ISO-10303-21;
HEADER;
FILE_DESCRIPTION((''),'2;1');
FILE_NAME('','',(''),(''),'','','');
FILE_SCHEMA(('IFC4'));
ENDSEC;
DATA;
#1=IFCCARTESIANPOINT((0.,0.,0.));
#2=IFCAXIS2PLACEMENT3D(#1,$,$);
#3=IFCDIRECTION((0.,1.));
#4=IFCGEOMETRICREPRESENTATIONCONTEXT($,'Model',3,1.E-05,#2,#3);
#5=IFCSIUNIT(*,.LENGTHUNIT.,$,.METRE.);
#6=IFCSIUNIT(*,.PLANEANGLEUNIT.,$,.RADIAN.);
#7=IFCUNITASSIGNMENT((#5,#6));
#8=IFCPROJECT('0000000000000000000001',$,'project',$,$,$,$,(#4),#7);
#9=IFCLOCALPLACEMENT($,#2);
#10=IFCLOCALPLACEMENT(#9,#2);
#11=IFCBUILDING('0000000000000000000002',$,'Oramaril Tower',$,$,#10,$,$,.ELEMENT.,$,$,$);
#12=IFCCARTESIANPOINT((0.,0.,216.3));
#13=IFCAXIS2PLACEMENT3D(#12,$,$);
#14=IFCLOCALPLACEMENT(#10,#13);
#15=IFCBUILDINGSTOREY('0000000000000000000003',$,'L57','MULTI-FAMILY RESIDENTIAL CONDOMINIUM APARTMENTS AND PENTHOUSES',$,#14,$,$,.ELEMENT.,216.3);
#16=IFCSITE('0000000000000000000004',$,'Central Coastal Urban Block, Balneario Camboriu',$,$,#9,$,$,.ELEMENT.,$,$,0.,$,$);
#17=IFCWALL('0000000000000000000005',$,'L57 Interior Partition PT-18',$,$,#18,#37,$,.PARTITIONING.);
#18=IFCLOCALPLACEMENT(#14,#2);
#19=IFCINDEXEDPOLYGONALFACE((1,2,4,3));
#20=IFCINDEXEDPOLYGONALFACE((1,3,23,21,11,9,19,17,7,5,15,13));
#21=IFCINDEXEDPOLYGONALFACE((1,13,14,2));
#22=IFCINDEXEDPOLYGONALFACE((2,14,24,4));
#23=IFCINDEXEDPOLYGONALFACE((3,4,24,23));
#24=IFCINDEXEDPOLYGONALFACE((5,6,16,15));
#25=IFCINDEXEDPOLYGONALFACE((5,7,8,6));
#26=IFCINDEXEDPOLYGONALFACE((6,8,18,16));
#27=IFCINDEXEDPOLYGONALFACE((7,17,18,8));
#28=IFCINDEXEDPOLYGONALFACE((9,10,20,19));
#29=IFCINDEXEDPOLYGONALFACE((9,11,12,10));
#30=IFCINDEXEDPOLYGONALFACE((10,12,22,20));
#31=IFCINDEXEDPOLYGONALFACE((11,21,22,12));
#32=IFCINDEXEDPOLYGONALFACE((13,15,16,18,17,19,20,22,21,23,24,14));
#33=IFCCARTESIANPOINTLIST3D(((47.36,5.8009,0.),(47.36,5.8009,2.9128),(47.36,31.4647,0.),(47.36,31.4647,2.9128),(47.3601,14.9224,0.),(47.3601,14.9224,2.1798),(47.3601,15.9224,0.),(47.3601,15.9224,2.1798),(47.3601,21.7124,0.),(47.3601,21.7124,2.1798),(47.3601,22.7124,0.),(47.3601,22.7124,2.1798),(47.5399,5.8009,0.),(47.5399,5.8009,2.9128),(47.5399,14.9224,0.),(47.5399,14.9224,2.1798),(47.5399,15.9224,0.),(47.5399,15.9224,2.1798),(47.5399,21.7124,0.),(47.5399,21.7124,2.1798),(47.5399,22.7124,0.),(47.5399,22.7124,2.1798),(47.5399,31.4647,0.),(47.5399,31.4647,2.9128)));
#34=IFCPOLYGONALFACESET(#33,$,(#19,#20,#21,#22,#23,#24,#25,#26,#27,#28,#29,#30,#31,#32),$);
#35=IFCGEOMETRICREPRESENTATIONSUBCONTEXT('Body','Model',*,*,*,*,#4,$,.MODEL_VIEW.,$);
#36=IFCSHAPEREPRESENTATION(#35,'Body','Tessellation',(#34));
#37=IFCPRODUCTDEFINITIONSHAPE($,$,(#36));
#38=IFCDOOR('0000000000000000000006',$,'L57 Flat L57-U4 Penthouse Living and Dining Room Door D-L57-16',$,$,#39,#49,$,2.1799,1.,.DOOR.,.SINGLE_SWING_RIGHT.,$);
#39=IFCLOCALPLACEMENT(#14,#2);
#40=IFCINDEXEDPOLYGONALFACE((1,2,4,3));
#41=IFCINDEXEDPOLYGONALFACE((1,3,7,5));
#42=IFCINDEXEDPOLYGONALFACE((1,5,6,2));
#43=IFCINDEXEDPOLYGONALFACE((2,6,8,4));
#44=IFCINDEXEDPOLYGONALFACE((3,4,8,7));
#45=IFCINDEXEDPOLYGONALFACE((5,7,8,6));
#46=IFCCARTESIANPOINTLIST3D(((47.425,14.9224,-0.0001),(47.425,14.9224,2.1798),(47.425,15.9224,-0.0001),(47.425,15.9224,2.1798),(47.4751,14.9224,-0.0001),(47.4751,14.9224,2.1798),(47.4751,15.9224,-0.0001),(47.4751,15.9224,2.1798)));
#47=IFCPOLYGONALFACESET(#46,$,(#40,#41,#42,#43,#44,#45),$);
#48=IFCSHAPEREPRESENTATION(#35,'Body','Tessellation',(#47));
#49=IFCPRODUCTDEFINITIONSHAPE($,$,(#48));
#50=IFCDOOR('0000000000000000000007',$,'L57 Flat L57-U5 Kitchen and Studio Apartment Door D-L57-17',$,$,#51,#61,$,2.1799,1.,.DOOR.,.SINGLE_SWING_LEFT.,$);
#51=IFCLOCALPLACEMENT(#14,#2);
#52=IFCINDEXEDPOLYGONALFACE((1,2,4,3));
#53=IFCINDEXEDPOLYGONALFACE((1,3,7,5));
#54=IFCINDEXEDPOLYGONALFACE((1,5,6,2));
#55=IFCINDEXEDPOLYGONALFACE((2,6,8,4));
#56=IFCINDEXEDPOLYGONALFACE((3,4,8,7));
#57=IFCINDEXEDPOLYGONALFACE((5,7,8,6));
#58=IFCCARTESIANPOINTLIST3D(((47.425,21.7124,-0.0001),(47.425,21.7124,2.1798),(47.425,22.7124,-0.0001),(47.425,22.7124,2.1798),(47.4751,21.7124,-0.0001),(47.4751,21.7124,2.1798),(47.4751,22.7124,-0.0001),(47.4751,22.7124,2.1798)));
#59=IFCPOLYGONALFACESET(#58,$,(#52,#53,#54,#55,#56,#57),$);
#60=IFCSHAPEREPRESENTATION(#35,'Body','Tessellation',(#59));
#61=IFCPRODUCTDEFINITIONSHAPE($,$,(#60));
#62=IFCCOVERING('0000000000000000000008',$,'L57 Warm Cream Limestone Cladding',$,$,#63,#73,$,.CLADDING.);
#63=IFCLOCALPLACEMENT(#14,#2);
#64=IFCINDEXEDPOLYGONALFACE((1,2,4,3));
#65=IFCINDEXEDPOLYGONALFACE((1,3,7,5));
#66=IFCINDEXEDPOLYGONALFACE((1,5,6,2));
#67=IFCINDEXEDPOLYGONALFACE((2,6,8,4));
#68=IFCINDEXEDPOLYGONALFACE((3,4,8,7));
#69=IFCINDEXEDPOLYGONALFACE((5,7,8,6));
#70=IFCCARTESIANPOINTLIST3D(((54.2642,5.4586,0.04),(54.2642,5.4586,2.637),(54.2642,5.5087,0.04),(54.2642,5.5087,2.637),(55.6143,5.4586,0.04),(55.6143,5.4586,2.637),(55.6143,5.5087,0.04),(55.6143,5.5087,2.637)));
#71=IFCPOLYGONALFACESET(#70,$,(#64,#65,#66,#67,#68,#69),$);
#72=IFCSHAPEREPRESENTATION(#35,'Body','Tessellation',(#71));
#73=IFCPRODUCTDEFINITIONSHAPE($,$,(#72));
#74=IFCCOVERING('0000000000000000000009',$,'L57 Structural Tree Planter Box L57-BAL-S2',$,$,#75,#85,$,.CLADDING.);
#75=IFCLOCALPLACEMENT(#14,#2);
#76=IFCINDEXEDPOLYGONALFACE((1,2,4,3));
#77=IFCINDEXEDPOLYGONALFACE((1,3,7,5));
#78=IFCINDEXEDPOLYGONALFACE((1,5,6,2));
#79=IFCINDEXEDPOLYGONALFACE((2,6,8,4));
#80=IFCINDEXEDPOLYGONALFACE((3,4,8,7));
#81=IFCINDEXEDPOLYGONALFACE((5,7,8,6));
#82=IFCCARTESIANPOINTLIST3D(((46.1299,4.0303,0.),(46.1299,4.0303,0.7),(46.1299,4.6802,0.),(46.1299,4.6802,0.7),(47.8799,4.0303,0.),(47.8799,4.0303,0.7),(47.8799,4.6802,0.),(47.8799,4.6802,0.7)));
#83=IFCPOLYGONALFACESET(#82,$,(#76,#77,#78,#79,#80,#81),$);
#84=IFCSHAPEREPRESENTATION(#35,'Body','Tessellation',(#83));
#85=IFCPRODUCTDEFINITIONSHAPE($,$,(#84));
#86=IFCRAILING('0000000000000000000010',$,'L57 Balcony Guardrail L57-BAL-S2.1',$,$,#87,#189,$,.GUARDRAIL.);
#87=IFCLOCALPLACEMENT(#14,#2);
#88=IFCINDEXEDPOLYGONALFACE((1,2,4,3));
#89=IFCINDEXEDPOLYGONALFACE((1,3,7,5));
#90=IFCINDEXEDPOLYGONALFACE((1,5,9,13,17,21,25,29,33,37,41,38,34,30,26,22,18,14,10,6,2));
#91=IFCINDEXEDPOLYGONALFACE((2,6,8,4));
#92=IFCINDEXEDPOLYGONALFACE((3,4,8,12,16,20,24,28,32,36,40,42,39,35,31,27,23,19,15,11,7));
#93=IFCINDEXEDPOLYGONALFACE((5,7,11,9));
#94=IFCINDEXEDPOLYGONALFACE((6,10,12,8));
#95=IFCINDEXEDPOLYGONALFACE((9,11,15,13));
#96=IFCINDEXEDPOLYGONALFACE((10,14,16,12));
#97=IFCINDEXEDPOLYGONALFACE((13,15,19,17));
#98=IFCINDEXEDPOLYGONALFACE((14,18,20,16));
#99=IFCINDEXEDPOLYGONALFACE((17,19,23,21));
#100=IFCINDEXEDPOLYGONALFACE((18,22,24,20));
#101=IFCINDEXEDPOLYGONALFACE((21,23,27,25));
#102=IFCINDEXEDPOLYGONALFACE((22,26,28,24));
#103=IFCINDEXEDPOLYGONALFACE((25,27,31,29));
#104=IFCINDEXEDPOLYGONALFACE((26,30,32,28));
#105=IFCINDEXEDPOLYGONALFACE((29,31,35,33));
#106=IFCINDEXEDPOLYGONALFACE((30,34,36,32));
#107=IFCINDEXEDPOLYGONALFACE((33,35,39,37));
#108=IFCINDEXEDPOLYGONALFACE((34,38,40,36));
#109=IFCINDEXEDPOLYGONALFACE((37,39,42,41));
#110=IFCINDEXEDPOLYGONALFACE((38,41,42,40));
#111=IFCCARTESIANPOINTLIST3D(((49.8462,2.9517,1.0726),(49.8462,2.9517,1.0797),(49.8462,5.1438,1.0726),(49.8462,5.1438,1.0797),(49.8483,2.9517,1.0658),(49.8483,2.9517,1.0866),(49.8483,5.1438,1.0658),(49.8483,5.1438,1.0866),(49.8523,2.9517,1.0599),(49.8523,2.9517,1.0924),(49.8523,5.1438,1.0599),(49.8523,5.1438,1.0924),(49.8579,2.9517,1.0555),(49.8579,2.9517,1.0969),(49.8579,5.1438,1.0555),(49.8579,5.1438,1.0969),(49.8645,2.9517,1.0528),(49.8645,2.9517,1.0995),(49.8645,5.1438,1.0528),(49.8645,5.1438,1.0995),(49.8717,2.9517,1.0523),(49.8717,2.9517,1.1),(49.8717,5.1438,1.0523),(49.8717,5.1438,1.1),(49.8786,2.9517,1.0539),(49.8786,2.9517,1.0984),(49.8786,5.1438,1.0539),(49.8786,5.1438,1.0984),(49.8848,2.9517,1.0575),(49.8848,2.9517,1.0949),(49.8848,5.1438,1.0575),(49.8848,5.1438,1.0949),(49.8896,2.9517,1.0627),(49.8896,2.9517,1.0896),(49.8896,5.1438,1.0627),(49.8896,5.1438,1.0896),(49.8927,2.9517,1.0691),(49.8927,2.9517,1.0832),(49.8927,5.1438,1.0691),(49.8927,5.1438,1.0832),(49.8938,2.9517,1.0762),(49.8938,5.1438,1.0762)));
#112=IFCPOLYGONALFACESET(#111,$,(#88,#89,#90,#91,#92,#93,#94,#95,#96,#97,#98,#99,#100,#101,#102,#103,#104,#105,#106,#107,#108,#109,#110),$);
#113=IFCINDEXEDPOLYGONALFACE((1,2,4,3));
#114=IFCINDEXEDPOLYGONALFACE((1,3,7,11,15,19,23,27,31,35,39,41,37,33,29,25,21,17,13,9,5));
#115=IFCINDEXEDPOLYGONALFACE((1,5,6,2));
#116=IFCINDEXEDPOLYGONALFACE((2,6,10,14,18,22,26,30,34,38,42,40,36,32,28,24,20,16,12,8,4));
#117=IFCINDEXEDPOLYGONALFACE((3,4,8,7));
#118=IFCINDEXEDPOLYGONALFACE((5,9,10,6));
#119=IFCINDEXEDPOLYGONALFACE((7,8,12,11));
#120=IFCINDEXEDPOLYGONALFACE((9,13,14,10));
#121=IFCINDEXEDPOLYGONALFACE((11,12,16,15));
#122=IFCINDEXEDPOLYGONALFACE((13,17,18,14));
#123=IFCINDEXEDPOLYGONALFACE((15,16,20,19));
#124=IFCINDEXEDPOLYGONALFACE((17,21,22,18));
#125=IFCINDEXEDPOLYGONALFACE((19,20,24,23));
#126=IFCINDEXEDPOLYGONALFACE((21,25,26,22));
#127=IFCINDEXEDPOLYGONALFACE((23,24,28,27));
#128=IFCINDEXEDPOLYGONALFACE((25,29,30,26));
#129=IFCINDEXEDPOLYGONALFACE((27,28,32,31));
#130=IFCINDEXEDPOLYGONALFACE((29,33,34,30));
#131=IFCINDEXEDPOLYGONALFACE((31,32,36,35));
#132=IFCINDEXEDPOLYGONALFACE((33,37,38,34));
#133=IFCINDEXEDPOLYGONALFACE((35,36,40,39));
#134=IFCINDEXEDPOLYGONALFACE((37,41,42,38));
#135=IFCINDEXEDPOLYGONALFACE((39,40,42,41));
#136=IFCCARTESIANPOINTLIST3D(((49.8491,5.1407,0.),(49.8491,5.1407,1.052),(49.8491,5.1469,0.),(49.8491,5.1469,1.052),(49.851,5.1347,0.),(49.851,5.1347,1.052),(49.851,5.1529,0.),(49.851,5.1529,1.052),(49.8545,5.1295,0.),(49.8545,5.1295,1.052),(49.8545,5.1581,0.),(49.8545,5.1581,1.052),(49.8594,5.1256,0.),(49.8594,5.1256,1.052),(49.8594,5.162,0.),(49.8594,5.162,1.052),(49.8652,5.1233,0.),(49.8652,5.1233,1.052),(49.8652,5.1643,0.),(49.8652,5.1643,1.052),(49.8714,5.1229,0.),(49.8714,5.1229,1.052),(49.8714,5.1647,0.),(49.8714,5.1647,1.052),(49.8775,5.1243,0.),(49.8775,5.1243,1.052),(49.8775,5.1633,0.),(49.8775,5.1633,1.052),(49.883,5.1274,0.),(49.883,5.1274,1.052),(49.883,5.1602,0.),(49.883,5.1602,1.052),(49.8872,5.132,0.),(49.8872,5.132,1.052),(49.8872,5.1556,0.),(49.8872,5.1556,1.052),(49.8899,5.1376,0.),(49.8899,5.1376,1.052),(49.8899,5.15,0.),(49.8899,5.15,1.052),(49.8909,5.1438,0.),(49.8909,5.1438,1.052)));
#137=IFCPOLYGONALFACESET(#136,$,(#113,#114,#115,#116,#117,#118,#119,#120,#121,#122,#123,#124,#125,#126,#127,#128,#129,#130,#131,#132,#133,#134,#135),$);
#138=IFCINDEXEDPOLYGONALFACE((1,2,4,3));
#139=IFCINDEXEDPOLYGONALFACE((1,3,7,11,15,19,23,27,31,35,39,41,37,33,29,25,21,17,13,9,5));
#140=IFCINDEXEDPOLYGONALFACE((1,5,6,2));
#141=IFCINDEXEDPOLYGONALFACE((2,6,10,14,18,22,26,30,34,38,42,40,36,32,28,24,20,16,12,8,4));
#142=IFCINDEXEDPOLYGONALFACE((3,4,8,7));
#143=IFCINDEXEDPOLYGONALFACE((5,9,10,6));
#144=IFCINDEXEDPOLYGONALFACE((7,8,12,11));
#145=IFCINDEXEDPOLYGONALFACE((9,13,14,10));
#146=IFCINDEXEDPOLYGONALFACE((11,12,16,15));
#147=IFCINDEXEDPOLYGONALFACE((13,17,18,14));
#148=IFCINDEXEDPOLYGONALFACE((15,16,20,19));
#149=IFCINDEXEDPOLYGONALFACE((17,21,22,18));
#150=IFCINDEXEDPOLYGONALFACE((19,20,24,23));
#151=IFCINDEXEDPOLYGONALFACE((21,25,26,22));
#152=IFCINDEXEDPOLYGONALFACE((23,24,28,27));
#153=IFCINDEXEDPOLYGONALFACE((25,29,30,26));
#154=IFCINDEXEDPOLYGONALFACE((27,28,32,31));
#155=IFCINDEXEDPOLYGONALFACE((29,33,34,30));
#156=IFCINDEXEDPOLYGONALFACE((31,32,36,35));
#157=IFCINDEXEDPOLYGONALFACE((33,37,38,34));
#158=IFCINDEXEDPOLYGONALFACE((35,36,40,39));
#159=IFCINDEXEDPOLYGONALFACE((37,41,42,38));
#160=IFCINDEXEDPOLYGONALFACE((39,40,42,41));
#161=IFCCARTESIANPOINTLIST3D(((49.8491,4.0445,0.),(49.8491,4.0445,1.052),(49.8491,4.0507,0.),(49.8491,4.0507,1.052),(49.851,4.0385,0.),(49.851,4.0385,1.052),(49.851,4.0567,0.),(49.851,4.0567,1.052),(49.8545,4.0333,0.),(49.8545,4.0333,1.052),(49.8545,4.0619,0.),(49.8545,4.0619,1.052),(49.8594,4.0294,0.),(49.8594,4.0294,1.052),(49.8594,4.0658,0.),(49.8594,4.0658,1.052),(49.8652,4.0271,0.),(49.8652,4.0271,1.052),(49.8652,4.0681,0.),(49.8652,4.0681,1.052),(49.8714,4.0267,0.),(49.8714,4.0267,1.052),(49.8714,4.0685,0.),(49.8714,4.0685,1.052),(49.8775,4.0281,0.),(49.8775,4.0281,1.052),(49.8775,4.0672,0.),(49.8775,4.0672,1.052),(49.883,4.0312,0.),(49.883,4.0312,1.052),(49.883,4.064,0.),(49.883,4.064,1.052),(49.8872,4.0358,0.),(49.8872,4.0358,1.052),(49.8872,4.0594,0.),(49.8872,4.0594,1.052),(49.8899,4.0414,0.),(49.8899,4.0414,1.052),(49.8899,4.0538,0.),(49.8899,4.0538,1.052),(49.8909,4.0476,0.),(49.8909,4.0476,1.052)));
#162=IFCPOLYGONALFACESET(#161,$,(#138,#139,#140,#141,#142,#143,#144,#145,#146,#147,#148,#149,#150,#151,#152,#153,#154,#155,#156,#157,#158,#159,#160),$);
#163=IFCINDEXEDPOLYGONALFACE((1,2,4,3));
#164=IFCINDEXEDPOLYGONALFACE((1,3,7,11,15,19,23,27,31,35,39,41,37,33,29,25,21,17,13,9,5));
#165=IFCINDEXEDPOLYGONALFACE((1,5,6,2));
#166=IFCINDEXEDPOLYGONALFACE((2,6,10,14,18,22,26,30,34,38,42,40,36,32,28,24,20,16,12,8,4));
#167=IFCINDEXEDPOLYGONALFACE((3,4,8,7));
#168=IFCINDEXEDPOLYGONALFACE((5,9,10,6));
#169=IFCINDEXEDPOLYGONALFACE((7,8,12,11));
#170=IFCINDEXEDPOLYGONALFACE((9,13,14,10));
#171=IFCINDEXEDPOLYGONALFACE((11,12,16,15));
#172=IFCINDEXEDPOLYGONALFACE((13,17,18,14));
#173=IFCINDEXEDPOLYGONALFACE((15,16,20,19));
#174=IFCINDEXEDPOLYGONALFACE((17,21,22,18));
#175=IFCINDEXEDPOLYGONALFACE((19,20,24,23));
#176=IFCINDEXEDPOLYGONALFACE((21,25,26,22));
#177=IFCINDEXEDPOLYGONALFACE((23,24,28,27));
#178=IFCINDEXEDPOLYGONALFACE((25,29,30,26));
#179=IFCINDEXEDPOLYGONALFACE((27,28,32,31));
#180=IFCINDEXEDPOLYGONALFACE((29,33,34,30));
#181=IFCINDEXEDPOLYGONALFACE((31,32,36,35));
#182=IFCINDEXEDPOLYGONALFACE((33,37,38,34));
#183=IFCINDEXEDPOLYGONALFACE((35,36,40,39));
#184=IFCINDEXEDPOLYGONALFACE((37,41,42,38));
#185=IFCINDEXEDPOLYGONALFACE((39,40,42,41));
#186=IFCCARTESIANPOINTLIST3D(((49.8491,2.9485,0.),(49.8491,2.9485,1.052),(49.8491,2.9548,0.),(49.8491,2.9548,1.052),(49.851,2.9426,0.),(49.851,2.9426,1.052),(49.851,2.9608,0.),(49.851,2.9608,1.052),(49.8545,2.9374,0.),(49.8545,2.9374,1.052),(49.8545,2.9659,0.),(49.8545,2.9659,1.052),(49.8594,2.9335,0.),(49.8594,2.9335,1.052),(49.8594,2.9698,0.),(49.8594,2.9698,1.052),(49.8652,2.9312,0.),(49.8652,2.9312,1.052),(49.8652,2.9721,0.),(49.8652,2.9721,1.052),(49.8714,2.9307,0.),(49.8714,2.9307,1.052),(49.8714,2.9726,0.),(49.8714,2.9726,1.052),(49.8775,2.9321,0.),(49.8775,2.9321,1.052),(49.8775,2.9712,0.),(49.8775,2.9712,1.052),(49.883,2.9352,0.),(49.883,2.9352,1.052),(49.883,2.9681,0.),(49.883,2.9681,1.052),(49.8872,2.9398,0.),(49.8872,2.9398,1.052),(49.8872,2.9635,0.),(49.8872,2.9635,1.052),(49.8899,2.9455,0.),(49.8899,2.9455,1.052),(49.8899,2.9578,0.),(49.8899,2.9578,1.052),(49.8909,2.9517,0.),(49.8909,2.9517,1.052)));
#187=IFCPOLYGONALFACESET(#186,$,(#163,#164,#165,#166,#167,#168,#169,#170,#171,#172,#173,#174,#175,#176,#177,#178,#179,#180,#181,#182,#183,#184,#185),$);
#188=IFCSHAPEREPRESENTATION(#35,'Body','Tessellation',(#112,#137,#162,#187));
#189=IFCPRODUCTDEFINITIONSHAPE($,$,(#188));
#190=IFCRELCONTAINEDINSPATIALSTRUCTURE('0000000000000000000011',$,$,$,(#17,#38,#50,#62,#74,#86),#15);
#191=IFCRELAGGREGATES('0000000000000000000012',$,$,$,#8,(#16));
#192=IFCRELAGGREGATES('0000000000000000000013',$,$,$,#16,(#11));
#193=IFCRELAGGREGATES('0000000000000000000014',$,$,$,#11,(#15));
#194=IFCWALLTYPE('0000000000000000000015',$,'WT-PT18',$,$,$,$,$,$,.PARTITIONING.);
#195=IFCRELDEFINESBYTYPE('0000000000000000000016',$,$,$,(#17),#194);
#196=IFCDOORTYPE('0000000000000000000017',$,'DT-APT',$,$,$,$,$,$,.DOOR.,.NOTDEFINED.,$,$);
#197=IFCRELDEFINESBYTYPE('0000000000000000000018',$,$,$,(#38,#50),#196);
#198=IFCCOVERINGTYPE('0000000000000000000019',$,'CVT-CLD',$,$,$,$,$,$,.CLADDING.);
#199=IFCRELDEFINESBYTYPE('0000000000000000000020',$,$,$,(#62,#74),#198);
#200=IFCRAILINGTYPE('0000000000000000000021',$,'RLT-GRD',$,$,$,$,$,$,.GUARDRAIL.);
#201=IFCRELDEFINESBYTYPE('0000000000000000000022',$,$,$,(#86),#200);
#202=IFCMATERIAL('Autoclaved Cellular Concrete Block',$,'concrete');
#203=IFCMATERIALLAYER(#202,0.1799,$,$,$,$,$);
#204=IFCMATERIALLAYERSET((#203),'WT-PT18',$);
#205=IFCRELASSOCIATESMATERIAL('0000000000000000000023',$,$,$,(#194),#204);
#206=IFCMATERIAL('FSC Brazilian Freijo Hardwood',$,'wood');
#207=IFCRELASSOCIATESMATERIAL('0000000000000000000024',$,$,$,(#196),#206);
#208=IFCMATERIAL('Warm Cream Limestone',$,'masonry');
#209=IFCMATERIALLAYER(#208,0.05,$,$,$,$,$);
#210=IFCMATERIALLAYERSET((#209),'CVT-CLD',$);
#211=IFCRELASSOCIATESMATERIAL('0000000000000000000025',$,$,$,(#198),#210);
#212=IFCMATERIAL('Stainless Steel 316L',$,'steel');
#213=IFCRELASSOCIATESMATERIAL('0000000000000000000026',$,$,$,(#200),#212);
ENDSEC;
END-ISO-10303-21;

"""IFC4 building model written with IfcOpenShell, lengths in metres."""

from ifc_helpers import new_model, si_unit, direction, frame, frame_2d, origin, origin_2d, place, context, subcontext, project, spatial, rectangle, circle, extrude, material, layer, layer_set, type_object, element, fill, save


model = new_model("IFC4")

# Units and contexts
model_context = context("Model", 3, precision=1e-05, world=origin(), true_north=direction((0.0, 1.0)))
body_context = subcontext(model_context, "Body", "Model", "MODEL_VIEW")
ifc_project = project(units=[si_unit("LENGTHUNIT", "METRE"), si_unit("PLANEANGLEUNIT", "RADIAN")], contexts=[model_context])

# Site, building, storey
site_placement = place(None, origin())
site = spatial("IfcSite", under=ifc_project, at=site_placement, Name="Central Coastal Urban Block, Balneario Camboriu", CompositionType="ELEMENT", RefElevation=0.0)
building_placement = place(site_placement, origin())
building = spatial("IfcBuilding", under=site, at=building_placement, Name="Oramaril Tower", CompositionType="ELEMENT")
storey_placement = place(building_placement, frame((0.0, 0.0, 216.3)))
storey = spatial("IfcBuildingStorey", under=building, at=storey_placement, Name="L57", Description="MULTI-FAMILY RESIDENTIAL CONDOMINIUM APARTMENTS AND PENTHOUSES", CompositionType="ELEMENT", Elevation=216.3)

# Wall, openings, doors
ifc_material_1 = material(Name="Autoclaved Cellular Concrete Block", Category="concrete")
ifc_layer_1 = layer(ifc_material_1, 0.1799)
ifc_layer_set_1 = layer_set([ifc_layer_1], Name="WT-PT18")
wall_type_1 = type_object("IfcWallType", Name="WT-PT18", PredefinedType="PARTITIONING", material=ifc_layer_set_1)
wall_1_placement = place(storey_placement, frame((47.45, 5.8008, 0.0), z_axis=(0.0, 0.0, 1.0), x_axis=(0.0, 1.0, 0.0)))
wall_1 = element("IfcWall", 1, at=wall_1_placement, inside=storey, type_object=wall_type_1, Name="L57 Interior Partition PT-18", PredefinedType="PARTITIONING", context=body_context, shape_type="SweptSolid", body=[
    extrude(rectangle(XDim=25.6638, YDim=0.1799, at=frame_2d((12.832, 0.0))), origin(), (0.0, 0.0, 1.0), 2.9128),
])
opening_1_placement = place(wall_1_placement, frame((9.1216, 0.0, 0.0)))
opening_1 = element("IfcOpeningElement", 2, at=opening_1_placement, cuts=wall_1, PredefinedType="OPENING", context=body_context, shape_type="SweptSolid", body=[
    extrude(rectangle(XDim=1.0, YDim=2.1799, at=frame_2d((0.5, 1.0898))), frame((0.0, 0.0898, 0.0), z_axis=(0.0, -1.0, 0.0), x_axis=(1.0, 0.0, 0.0)), (0.0, 0.0, 1.0), 0.1799),
])
opening_2_placement = place(wall_1_placement, frame((15.9116, 0.0, 0.0)))
opening_2 = element("IfcOpeningElement", 3, at=opening_2_placement, cuts=wall_1, PredefinedType="OPENING", context=body_context, shape_type="SweptSolid", body=[
    extrude(rectangle(XDim=1.0, YDim=2.1799, at=frame_2d((0.5, 1.0898))), frame((0.0, 0.0898, 0.0), z_axis=(0.0, -1.0, 0.0), x_axis=(1.0, 0.0, 0.0)), (0.0, 0.0, 1.0), 0.1799),
])
ifc_material_2 = material(Name="FSC Brazilian Freijo Hardwood", Category="wood")
door_type = type_object("IfcDoorType", Name="DT-APT", OperationType="NOTDEFINED", PredefinedType="DOOR", material=ifc_material_2)
door_1_placement = place(opening_1_placement, origin())
door_1 = element("IfcDoor", 4, at=door_1_placement, inside=storey, type_object=door_type, Name="L57 Flat L57-U4 Penthouse Living and Dining Room Door D-L57-16", OperationType="SINGLE_SWING_RIGHT", OverallHeight=2.1799, OverallWidth=1.0, PredefinedType="DOOR", context=body_context, shape_type="SweptSolid", body=[
    extrude(rectangle(XDim=1.0, YDim=2.1799, at=frame_2d((0.5, 1.0898))), frame((0.0, 0.0249, 0.0), z_axis=(0.0, -1.0, 0.0), x_axis=(1.0, 0.0, 0.0)), (0.0, 0.0, 1.0), 0.05),
])
fill(opening_1, door_1)
door_2_placement = place(opening_2_placement, origin())
door_2 = element("IfcDoor", 5, at=door_2_placement, inside=storey, type_object=door_type, Name="L57 Flat L57-U5 Kitchen and Studio Apartment Door D-L57-17", OperationType="SINGLE_SWING_LEFT", OverallHeight=2.1799, OverallWidth=1.0, PredefinedType="DOOR", context=body_context, shape_type="SweptSolid", body=[
    extrude(rectangle(XDim=1.0, YDim=2.1799, at=frame_2d((0.5, 1.0898))), frame((0.0, 0.0249, 0.0), z_axis=(0.0, -1.0, 0.0), x_axis=(1.0, 0.0, 0.0)), (0.0, 0.0, 1.0), 0.05),
])
fill(opening_2, door_2)

# Coverings
ifc_material_3 = material(Name="Warm Cream Limestone", Category="masonry")
ifc_layer_2 = layer(ifc_material_3, 0.05)
ifc_layer_set_2 = layer_set([ifc_layer_2], Name="CVT-CLD")
covering_type = type_object("IfcCoveringType", Name="CVT-CLD", PredefinedType="CLADDING", material=ifc_layer_set_2)
covering_1_placement = place(storey_placement, frame((54.9392, 5.4836, 0.04), z_axis=(0.0, 0.0, 1.0), x_axis=(1.0, 0.0, 0.0)))
element("IfcCovering", 6, at=covering_1_placement, inside=storey, type_object=covering_type, Name="L57 Warm Cream Limestone Cladding", PredefinedType="CLADDING", context=body_context, shape_type="SweptSolid", body=[
    extrude(rectangle(XDim=1.3501, YDim=0.05, at=origin_2d()), origin(), (0.0, 0.0, 1.0), 2.5969),
])
covering_2_placement = place(storey_placement, frame((47.0049, 4.3552, 0.0), z_axis=(0.0, 0.0, 1.0), x_axis=(1.0, 0.0, 0.0)))
element("IfcCovering", 7, at=covering_2_placement, inside=storey, type_object=covering_type, Name="L57 Structural Tree Planter Box L57-BAL-S2", PredefinedType="CLADDING", context=body_context, shape_type="SweptSolid", body=[
    extrude(rectangle(XDim=1.75, YDim=0.6499, at=origin_2d()), origin(), (0.0, 0.0, 1.0), 0.7),
])

# Railing
ifc_material_4 = material(Name="Stainless Steel 316L", Category="steel")
railing_type = type_object("IfcRailingType", Name="RLT-GRD", PredefinedType="GUARDRAIL", material=ifc_material_4)
railing_1_placement = place(storey_placement, frame((49.8699, 5.1438, 0.0)))
element("IfcRailing", 8, at=railing_1_placement, inside=storey, type_object=railing_type, Name="L57 Balcony Guardrail L57-BAL-S2.1", PredefinedType="GUARDRAIL", context=body_context, shape_type="SweptSolid", body=[
    extrude(circle(Radius=0.0239, at=origin_2d()), frame((0.0, 0.0, 1.0762), z_axis=(0.0, -1.0, 0.0), x_axis=(1.0, 0.0, 0.0)), (0.0, 0.0, 1.0), 2.1921),
    extrude(circle(Radius=0.021, at=origin_2d()), origin(), (0.0, 0.0, 1.0), 1.052),
    extrude(circle(Radius=0.021, at=origin_2d()), frame((0.0, -1.0962, 0.0)), (0.0, 0.0, 1.0), 1.052),
    extrude(circle(Radius=0.021, at=origin_2d()), frame((0.0, -2.1921, 0.0)), (0.0, 0.0, 1.0), 1.052),
])

save(model, "model.ifc")
